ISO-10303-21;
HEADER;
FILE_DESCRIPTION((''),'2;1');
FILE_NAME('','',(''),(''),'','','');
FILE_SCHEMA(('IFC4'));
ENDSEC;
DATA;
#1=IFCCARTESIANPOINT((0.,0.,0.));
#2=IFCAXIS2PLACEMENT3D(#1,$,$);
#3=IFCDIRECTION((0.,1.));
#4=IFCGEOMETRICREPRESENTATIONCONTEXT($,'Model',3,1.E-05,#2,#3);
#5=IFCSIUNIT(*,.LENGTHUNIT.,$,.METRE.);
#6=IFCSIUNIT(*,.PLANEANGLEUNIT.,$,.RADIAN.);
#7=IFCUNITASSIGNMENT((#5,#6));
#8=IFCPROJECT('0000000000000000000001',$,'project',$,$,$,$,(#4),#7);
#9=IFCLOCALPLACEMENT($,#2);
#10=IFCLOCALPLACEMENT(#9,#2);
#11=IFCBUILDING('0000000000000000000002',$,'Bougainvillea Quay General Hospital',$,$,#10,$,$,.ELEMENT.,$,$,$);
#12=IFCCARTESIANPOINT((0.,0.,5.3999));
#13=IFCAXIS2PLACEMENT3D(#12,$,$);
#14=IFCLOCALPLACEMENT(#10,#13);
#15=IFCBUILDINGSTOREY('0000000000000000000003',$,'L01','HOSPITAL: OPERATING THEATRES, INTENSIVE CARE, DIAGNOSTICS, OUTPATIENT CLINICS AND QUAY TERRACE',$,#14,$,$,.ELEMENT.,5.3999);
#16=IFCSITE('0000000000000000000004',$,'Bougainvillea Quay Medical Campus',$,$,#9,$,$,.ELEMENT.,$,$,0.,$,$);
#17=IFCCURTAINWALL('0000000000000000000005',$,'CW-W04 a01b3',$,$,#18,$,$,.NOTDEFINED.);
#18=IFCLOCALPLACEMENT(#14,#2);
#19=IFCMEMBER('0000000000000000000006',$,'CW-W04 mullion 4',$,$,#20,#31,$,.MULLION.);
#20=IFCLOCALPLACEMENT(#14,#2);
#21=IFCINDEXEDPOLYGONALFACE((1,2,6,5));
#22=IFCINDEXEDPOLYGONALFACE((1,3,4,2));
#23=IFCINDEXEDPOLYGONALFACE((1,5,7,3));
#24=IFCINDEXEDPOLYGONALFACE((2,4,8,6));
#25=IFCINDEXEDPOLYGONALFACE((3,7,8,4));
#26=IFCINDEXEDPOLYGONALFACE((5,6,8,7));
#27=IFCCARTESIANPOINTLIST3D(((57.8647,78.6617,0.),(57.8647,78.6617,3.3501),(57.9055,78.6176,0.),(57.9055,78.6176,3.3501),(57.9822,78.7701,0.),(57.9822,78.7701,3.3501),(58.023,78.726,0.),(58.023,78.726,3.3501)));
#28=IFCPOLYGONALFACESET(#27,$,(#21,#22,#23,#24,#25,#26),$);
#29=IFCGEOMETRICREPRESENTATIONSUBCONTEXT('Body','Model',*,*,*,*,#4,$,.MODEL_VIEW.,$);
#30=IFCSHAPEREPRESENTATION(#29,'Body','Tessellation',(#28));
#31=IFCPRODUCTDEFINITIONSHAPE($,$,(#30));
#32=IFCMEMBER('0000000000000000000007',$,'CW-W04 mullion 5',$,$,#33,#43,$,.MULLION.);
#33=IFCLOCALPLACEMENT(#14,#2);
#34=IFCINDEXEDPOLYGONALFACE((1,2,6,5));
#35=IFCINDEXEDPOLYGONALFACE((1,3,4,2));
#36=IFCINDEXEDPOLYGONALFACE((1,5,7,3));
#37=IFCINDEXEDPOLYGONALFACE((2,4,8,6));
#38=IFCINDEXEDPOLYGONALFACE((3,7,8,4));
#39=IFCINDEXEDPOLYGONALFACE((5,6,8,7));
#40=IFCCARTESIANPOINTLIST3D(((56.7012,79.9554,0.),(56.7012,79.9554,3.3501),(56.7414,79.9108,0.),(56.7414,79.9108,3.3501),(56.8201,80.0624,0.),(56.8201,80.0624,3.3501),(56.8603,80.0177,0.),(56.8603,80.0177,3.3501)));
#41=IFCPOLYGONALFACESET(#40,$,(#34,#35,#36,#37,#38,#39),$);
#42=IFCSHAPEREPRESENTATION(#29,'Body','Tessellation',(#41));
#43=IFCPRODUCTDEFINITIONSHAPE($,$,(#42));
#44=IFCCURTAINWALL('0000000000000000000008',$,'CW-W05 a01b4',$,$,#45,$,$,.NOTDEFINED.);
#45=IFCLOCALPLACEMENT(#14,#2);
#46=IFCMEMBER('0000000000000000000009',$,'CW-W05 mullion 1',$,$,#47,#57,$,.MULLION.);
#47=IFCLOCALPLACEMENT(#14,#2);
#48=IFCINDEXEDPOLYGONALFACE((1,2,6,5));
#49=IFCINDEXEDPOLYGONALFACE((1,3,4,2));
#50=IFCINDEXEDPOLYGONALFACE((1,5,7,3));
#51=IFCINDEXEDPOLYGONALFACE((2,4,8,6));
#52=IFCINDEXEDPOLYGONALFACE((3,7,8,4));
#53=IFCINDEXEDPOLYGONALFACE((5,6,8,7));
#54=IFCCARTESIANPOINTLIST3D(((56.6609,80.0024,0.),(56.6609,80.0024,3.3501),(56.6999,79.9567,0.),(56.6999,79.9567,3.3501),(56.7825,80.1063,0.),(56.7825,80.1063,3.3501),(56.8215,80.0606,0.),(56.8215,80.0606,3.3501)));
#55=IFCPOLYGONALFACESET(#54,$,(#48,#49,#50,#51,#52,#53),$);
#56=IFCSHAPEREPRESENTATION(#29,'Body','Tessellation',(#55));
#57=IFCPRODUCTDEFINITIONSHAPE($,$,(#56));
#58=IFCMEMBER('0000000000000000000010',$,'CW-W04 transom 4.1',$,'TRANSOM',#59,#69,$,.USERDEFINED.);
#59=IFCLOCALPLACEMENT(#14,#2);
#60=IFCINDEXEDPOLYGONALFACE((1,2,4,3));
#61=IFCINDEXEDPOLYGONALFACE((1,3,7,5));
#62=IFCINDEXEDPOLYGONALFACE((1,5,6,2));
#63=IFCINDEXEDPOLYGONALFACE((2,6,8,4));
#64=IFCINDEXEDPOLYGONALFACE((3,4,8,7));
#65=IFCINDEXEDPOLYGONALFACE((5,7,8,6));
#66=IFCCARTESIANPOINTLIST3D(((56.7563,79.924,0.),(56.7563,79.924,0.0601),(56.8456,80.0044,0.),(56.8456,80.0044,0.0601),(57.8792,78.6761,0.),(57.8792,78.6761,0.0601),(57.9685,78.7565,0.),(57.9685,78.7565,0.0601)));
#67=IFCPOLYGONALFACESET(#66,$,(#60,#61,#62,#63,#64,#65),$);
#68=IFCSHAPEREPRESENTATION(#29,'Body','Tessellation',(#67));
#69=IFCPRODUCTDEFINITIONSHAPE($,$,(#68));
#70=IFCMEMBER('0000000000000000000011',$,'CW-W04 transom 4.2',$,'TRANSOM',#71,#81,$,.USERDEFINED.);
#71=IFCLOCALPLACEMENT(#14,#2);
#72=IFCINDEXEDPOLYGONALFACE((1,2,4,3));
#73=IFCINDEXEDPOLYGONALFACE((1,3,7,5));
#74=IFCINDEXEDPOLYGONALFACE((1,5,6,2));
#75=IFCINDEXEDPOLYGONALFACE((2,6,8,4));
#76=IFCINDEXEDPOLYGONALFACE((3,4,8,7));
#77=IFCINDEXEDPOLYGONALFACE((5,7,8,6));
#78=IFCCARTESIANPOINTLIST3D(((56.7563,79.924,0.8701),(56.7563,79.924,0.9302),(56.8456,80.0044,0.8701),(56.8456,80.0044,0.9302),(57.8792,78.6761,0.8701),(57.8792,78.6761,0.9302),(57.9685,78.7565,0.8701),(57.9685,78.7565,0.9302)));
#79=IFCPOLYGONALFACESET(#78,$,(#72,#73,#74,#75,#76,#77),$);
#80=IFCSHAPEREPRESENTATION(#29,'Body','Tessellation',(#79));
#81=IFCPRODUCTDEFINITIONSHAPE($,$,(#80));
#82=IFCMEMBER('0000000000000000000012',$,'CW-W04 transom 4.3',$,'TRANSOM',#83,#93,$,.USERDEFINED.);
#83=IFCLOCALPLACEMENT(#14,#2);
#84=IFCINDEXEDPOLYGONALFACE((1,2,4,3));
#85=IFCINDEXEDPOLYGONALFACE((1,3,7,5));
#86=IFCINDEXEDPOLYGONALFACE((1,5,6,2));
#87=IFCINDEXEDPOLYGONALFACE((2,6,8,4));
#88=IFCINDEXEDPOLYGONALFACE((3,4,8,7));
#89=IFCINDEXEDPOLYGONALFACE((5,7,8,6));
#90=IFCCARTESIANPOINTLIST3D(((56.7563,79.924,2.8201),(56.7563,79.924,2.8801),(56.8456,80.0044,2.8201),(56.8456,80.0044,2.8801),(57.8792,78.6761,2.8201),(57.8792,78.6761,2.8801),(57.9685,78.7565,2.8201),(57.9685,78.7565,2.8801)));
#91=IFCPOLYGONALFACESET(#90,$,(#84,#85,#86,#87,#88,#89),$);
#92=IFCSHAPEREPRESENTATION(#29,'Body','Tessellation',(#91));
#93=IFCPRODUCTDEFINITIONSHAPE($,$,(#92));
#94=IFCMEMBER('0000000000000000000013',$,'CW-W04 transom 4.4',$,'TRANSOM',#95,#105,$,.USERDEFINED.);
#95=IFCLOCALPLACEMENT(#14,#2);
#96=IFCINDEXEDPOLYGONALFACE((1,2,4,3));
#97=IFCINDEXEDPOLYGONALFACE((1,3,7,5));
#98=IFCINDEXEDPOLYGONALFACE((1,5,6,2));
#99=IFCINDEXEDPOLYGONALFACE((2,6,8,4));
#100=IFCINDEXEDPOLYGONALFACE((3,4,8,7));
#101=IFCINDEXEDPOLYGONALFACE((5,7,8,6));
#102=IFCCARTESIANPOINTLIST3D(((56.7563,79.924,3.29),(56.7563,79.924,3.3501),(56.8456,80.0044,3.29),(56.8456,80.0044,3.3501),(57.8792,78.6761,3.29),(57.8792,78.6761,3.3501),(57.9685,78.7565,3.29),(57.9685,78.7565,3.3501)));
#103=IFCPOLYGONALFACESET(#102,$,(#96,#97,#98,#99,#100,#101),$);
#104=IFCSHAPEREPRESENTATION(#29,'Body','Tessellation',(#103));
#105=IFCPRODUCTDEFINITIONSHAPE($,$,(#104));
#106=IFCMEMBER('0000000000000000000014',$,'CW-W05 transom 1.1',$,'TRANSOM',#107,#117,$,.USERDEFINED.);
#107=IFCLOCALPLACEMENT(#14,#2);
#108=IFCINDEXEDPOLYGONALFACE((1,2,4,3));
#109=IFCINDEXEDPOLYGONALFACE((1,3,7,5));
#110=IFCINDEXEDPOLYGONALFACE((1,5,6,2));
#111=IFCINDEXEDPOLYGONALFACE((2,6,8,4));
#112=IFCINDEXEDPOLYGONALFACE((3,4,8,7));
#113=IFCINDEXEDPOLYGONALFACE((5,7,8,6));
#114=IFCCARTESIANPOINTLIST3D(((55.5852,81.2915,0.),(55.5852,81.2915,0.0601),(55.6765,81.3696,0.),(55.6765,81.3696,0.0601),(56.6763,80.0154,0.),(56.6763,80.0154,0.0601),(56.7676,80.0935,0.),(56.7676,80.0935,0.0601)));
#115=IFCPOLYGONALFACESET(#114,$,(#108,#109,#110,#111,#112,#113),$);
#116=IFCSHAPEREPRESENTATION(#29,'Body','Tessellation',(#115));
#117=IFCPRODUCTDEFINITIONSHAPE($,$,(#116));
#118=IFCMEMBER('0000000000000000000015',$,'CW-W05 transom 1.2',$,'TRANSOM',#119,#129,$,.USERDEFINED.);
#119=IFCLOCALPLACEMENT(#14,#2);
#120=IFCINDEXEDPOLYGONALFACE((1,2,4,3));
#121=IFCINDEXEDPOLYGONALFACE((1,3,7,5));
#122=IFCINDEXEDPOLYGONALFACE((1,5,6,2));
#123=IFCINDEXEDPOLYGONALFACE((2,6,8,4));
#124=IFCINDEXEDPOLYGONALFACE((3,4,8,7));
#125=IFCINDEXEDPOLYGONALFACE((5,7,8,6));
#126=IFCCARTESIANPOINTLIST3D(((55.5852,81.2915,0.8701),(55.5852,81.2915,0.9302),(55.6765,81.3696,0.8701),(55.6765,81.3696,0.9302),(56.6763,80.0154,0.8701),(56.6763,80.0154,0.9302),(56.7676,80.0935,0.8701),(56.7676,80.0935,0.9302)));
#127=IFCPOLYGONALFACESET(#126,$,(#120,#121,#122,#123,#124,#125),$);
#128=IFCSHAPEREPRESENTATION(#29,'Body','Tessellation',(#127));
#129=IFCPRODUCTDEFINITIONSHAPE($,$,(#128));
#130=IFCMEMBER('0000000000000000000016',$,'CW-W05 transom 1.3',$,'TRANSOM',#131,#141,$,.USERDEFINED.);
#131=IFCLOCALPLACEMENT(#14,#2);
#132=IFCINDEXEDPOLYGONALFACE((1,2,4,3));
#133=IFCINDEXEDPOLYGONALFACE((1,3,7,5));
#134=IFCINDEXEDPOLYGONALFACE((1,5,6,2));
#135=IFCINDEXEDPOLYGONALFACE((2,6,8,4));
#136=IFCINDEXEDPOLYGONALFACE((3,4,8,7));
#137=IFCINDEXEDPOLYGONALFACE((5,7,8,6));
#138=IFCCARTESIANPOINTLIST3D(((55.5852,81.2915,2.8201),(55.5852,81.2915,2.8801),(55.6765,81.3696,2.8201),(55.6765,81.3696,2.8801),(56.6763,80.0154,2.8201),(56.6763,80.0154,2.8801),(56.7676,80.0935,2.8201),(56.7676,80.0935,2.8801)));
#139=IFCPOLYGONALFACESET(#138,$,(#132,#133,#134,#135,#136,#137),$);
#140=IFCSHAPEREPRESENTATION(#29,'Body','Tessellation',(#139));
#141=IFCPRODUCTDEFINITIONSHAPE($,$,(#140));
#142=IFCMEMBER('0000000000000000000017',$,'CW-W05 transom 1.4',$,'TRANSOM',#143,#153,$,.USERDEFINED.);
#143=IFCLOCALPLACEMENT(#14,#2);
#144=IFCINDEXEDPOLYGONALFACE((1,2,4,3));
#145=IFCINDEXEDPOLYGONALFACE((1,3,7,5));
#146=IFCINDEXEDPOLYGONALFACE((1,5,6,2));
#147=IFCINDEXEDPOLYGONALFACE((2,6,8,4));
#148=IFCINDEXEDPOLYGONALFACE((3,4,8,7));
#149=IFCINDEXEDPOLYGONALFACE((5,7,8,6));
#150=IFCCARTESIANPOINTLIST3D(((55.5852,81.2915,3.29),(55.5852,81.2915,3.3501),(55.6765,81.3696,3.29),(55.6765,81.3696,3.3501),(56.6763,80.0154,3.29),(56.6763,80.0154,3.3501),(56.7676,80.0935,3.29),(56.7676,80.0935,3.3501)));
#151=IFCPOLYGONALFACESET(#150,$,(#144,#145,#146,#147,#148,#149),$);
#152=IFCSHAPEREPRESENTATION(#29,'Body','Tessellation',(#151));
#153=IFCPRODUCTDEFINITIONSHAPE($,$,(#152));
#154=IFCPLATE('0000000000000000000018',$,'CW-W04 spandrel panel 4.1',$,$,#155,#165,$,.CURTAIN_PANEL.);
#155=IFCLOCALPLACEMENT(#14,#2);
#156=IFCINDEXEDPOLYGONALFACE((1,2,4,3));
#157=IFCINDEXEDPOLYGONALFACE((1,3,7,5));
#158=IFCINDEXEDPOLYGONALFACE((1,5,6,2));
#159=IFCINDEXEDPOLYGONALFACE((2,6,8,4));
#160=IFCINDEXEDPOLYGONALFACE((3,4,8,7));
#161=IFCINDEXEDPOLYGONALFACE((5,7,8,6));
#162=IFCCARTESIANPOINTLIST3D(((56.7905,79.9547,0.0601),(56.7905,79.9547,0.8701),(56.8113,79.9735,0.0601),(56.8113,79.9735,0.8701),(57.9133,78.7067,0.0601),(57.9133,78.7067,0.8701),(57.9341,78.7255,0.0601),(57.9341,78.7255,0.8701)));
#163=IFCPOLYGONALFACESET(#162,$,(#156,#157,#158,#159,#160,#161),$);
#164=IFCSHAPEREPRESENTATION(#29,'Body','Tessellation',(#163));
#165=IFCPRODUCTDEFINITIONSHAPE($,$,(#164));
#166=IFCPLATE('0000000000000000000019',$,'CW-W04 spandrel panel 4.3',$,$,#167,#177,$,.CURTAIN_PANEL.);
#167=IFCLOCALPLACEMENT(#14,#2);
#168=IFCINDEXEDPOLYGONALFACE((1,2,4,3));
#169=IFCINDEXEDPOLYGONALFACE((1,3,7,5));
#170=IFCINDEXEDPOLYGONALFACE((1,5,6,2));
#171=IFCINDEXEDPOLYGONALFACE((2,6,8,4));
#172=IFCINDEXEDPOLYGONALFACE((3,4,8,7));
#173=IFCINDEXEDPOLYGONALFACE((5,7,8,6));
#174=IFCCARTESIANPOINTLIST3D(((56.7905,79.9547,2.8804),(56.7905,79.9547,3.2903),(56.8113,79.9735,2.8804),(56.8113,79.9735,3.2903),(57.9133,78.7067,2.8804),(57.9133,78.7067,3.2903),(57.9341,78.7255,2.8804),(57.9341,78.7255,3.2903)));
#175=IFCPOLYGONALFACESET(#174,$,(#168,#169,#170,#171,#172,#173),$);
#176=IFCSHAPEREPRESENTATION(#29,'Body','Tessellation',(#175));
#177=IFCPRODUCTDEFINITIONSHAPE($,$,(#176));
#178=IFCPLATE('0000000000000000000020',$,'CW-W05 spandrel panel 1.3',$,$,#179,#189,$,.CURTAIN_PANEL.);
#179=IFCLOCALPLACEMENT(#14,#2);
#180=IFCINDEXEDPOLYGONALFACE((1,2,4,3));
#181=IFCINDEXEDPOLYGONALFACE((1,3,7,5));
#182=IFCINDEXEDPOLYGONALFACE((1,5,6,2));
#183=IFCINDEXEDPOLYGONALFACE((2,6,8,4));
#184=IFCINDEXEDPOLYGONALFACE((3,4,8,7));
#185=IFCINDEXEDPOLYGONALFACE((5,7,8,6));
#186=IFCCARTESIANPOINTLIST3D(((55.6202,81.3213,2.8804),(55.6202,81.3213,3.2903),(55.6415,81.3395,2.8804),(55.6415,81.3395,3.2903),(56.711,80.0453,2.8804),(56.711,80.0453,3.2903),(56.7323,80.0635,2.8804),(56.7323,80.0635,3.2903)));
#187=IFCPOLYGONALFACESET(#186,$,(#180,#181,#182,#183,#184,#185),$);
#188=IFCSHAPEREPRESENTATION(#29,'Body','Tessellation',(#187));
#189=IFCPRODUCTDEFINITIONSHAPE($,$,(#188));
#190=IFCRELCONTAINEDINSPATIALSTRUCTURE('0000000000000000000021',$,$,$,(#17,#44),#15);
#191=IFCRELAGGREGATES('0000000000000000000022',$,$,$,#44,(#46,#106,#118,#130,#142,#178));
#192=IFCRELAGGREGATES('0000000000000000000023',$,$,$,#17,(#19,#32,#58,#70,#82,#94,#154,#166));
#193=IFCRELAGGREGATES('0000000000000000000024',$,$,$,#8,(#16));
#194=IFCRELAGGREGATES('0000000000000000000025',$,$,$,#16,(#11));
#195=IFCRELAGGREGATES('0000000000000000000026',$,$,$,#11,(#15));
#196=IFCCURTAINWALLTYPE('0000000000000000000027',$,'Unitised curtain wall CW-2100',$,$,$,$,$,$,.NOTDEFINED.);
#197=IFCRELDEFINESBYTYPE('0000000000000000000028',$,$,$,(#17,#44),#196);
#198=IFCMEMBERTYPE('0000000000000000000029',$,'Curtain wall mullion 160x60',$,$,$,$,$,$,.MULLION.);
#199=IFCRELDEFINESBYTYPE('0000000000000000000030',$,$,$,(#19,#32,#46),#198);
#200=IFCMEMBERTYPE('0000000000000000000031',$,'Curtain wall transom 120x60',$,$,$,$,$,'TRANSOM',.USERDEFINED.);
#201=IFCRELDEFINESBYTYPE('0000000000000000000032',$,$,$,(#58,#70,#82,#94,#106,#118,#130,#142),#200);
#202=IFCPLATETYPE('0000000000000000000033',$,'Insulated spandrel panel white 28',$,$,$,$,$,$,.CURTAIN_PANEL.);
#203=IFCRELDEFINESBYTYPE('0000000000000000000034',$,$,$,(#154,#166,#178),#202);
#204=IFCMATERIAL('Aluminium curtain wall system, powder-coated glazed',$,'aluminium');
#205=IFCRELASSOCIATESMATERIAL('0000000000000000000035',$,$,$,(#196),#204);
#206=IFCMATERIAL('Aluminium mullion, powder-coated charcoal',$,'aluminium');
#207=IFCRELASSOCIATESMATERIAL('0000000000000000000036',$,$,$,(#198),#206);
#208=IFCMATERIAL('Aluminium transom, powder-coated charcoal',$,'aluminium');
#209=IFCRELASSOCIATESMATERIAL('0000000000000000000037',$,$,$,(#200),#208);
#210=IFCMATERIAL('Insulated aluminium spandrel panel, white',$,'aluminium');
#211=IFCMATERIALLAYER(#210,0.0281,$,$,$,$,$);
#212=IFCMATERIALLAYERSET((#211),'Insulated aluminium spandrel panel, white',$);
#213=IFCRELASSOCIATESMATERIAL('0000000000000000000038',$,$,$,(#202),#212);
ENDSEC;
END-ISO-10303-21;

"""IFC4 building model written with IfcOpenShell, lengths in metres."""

from ifc_helpers import new_model, si_unit, direction, frame, origin, origin_2d, place, context, subcontext, project, spatial, rectangle, extrude, material, layer, layer_set, material_profile, profile_set, type_object, element, aggregate, save


model = new_model("IFC4")

# Units and contexts
model_context = context("Model", 3, precision=1e-05, world=origin(), true_north=direction((0.0, 1.0)))
body_context = subcontext(model_context, "Body", "Model", "MODEL_VIEW")
ifc_project = project(units=[si_unit("LENGTHUNIT", "METRE"), si_unit("PLANEANGLEUNIT", "RADIAN")], contexts=[model_context])

# Site, building, storey
site_placement = place(None, origin())
site = spatial("IfcSite", under=ifc_project, at=site_placement, Name="Bougainvillea Quay Medical Campus", CompositionType="ELEMENT", RefElevation=0.0)
building_placement = place(site_placement, origin())
building = spatial("IfcBuilding", under=site, at=building_placement, Name="Bougainvillea Quay General Hospital", CompositionType="ELEMENT")
storey_placement = place(building_placement, frame((0.0, 0.0, 5.3999)))
storey = spatial("IfcBuildingStorey", under=building, at=storey_placement, Name="L01", Description="HOSPITAL: OPERATING THEATRES, INTENSIVE CARE, DIAGNOSTICS, OUTPATIENT CLINICS AND QUAY TERRACE", CompositionType="ELEMENT", Elevation=5.3999)

# Curtain wall, members
ifc_material_1 = material(Name="Aluminium curtain wall system, powder-coated glazed", Category="aluminium")
curtain_wall_type = type_object("IfcCurtainWallType", Name="Unitised curtain wall CW-2100", PredefinedType="NOTDEFINED", material=ifc_material_1)
curtain_wall_1_placement = place(storey_placement, origin())
curtain_wall_1 = element("IfcCurtainWall", 1, at=curtain_wall_1_placement, inside=storey, type_object=curtain_wall_type, Name="CW-W04 a01b3", PredefinedType="NOTDEFINED")
ifc_material_2 = material(Name="Aluminium mullion, powder-coated charcoal", Category="aluminium")
ifc_material_profile_1 = material_profile(ifc_material_2, rectangle(XDim=0.1599, YDim=0.0601, at=origin_2d()))
ifc_profile_set_1 = profile_set([ifc_material_profile_1], Name="Aluminium mullion, powder-coated charcoal")
member_type_1 = type_object("IfcMemberType", Name="Curtain wall mullion 160x60", PredefinedType="MULLION", material=ifc_profile_set_1)
member_1_placement = place(storey_placement, frame((57.9438, 78.6938, 0.0), z_axis=(0.0, 0.0, 1.0), x_axis=(-0.734855, -0.678224, 0.0)))
member_1 = element("IfcMember", 2, at=member_1_placement, type_object=member_type_1, Name="CW-W04 mullion 4", PredefinedType="MULLION", context=body_context, shape_type="SweptSolid", body=[
    extrude(rectangle(XDim=0.1599, YDim=0.0601, at=origin_2d()), origin(), (0.0, 0.0, 1.0), 3.3501),
])
member_2_placement = place(storey_placement, frame((56.7808, 79.9866, 0.0), z_axis=(0.0, 0.0, 1.0), x_axis=(-0.743396, -0.668852, 0.0)))
member_2 = element("IfcMember", 3, at=member_2_placement, type_object=member_type_1, Name="CW-W04 mullion 5", PredefinedType="MULLION", context=body_context, shape_type="SweptSolid", body=[
    extrude(rectangle(XDim=0.1599, YDim=0.0601, at=origin_2d()), origin(), (0.0, 0.0, 1.0), 3.3501),
])

# Curtain wall, member
curtain_wall_2_placement = place(storey_placement, origin())
curtain_wall_2 = element("IfcCurtainWall", 4, at=curtain_wall_2_placement, inside=storey, type_object=curtain_wall_type, Name="CW-W05 a01b4", PredefinedType="NOTDEFINED")
member_3_placement = place(storey_placement, frame((56.7412, 80.0315, 0.0), z_axis=(0.0, 0.0, 1.0), x_axis=(-0.760117, -0.649786, 0.0)))
member_3 = element("IfcMember", 5, at=member_3_placement, type_object=member_type_1, Name="CW-W05 mullion 1", PredefinedType="MULLION", context=body_context, shape_type="SweptSolid", body=[
    extrude(rectangle(XDim=0.1599, YDim=0.0601, at=origin_2d()), origin(), (0.0, 0.0, 1.0), 3.3501),
])

# Members
ifc_material_3 = material(Name="Aluminium transom, powder-coated charcoal", Category="aluminium")
ifc_material_profile_2 = material_profile(ifc_material_3, rectangle(XDim=0.1201, YDim=0.0601, at=origin_2d()))
ifc_profile_set_2 = profile_set([ifc_material_profile_2], Name="Aluminium transom, powder-coated charcoal")
member_type_2 = type_object("IfcMemberType", Name="Curtain wall transom 120x60", ElementType="TRANSOM", PredefinedType="USERDEFINED", material=ifc_profile_set_2)
member_4_placement = place(storey_placement, frame((57.9238, 78.7163, 0.03), z_axis=(-0.668892, 0.743359, 0.0), x_axis=(-0.743359, -0.668892, 0.0)))
member_4 = element("IfcMember", 6, at=member_4_placement, type_object=member_type_2, Name="CW-W04 transom 4.1", ObjectType="TRANSOM", PredefinedType="USERDEFINED", context=body_context, shape_type="SweptSolid", body=[
    extrude(rectangle(XDim=0.1201, YDim=0.0601, at=origin_2d()), origin(), (0.0, 0.0, 1.0), 1.6787),
])
member_5_placement = place(storey_placement, frame((57.9238, 78.7163, 0.9001), z_axis=(-0.668892, 0.743359, 0.0), x_axis=(-0.743359, -0.668892, 0.0)))
member_5 = element("IfcMember", 7, at=member_5_placement, type_object=member_type_2, Name="CW-W04 transom 4.2", ObjectType="TRANSOM", PredefinedType="USERDEFINED", context=body_context, shape_type="SweptSolid", body=[
    extrude(rectangle(XDim=0.1201, YDim=0.0601, at=origin_2d()), origin(), (0.0, 0.0, 1.0), 1.6787),
])
member_6_placement = place(storey_placement, frame((57.9238, 78.7163, 2.8501), z_axis=(-0.668892, 0.743359, 0.0), x_axis=(-0.743359, -0.668892, 0.0)))
member_6 = element("IfcMember", 8, at=member_6_placement, type_object=member_type_2, Name="CW-W04 transom 4.3", ObjectType="TRANSOM", PredefinedType="USERDEFINED", context=body_context, shape_type="SweptSolid", body=[
    extrude(rectangle(XDim=0.1201, YDim=0.0601, at=origin_2d()), origin(), (0.0, 0.0, 1.0), 1.6787),
])
member_7_placement = place(storey_placement, frame((57.9238, 78.7163, 3.3201), z_axis=(-0.668892, 0.743359, 0.0), x_axis=(-0.743359, -0.668892, 0.0)))
member_7 = element("IfcMember", 9, at=member_7_placement, type_object=member_type_2, Name="CW-W04 transom 4.4", ObjectType="TRANSOM", PredefinedType="USERDEFINED", context=body_context, shape_type="SweptSolid", body=[
    extrude(rectangle(XDim=0.1201, YDim=0.0601, at=origin_2d()), origin(), (0.0, 0.0, 1.0), 1.6787),
])
member_8_placement = place(storey_placement, frame((56.7219, 80.0544, 0.03), z_axis=(-0.649845, 0.760067, 0.0), x_axis=(-0.760067, -0.649845, 0.0)))
member_8 = element("IfcMember", 10, at=member_8_placement, type_object=member_type_2, Name="CW-W05 transom 1.1", ObjectType="TRANSOM", PredefinedType="USERDEFINED", context=body_context, shape_type="SweptSolid", body=[
    extrude(rectangle(XDim=0.1201, YDim=0.0601, at=origin_2d()), origin(), (0.0, 0.0, 1.0), 1.679),
])
member_9_placement = place(storey_placement, frame((56.7219, 80.0544, 0.9001), z_axis=(-0.649845, 0.760067, 0.0), x_axis=(-0.760067, -0.649845, 0.0)))
member_9 = element("IfcMember", 11, at=member_9_placement, type_object=member_type_2, Name="CW-W05 transom 1.2", ObjectType="TRANSOM", PredefinedType="USERDEFINED", context=body_context, shape_type="SweptSolid", body=[
    extrude(rectangle(XDim=0.1201, YDim=0.0601, at=origin_2d()), origin(), (0.0, 0.0, 1.0), 1.679),
])
member_10_placement = place(storey_placement, frame((56.7219, 80.0544, 2.8501), z_axis=(-0.649845, 0.760067, 0.0), x_axis=(-0.760067, -0.649845, 0.0)))
member_10 = element("IfcMember", 12, at=member_10_placement, type_object=member_type_2, Name="CW-W05 transom 1.3", ObjectType="TRANSOM", PredefinedType="USERDEFINED", context=body_context, shape_type="SweptSolid", body=[
    extrude(rectangle(XDim=0.1201, YDim=0.0601, at=origin_2d()), origin(), (0.0, 0.0, 1.0), 1.679),
])
member_11_placement = place(storey_placement, frame((56.7219, 80.0544, 3.3201), z_axis=(-0.649845, 0.760067, 0.0), x_axis=(-0.760067, -0.649845, 0.0)))
member_11 = element("IfcMember", 13, at=member_11_placement, type_object=member_type_2, Name="CW-W05 transom 1.4", ObjectType="TRANSOM", PredefinedType="USERDEFINED", context=body_context, shape_type="SweptSolid", body=[
    extrude(rectangle(XDim=0.1201, YDim=0.0601, at=origin_2d()), origin(), (0.0, 0.0, 1.0), 1.679),
])

# Plates
ifc_material_4 = material(Name="Insulated aluminium spandrel panel, white", Category="aluminium")
ifc_layer_1 = layer(ifc_material_4, 0.0281)
ifc_layer_set_1 = layer_set([ifc_layer_1], Name="Insulated aluminium spandrel panel, white")
plate_type_1 = type_object("IfcPlateType", Name="Insulated spandrel panel white 28", PredefinedType="CURTAIN_PANEL", material=ifc_layer_set_1)
plate_1_placement = place(storey_placement, frame((57.3623, 79.3401, 0.0601), z_axis=(0.0, 0.0, 1.0), x_axis=(-0.668852, 0.743396, 0.0)))
plate_1 = element("IfcPlate", 14, at=plate_1_placement, type_object=plate_type_1, Name="CW-W04 spandrel panel 4.1", PredefinedType="CURTAIN_PANEL", context=body_context, shape_type="SweptSolid", body=[
    extrude(rectangle(XDim=1.6787, YDim=0.0281, at=origin_2d()), origin(), (0.0, 0.0, 1.0), 0.8101),
])
plate_2_placement = place(storey_placement, frame((57.3623, 79.3401, 2.8804), z_axis=(0.0, 0.0, 1.0), x_axis=(-0.668852, 0.743396, 0.0)))
plate_2 = element("IfcPlate", 15, at=plate_2_placement, type_object=plate_type_1, Name="CW-W04 spandrel panel 4.3", PredefinedType="CURTAIN_PANEL", context=body_context, shape_type="SweptSolid", body=[
    extrude(rectangle(XDim=1.6787, YDim=0.0281, at=origin_2d()), origin(), (0.0, 0.0, 1.0), 0.4099),
])
plate_3_placement = place(storey_placement, frame((56.1763, 80.6924, 2.8804), z_axis=(0.0, 0.0, 1.0), x_axis=(-0.649786, 0.760117, 0.0)))
plate_3 = element("IfcPlate", 16, at=plate_3_placement, type_object=plate_type_1, Name="CW-W05 spandrel panel 1.3", PredefinedType="CURTAIN_PANEL", context=body_context, shape_type="SweptSolid", body=[
    extrude(rectangle(XDim=1.6787, YDim=0.0281, at=origin_2d()), origin(), (0.0, 0.0, 1.0), 0.4099),
])
aggregate(curtain_wall_2, [member_3, member_8, member_9, member_10, member_11, plate_3])
aggregate(curtain_wall_1, [member_1, member_2, member_4, member_5, member_6, member_7, plate_1, plate_2])

save(model, "model.ifc")
